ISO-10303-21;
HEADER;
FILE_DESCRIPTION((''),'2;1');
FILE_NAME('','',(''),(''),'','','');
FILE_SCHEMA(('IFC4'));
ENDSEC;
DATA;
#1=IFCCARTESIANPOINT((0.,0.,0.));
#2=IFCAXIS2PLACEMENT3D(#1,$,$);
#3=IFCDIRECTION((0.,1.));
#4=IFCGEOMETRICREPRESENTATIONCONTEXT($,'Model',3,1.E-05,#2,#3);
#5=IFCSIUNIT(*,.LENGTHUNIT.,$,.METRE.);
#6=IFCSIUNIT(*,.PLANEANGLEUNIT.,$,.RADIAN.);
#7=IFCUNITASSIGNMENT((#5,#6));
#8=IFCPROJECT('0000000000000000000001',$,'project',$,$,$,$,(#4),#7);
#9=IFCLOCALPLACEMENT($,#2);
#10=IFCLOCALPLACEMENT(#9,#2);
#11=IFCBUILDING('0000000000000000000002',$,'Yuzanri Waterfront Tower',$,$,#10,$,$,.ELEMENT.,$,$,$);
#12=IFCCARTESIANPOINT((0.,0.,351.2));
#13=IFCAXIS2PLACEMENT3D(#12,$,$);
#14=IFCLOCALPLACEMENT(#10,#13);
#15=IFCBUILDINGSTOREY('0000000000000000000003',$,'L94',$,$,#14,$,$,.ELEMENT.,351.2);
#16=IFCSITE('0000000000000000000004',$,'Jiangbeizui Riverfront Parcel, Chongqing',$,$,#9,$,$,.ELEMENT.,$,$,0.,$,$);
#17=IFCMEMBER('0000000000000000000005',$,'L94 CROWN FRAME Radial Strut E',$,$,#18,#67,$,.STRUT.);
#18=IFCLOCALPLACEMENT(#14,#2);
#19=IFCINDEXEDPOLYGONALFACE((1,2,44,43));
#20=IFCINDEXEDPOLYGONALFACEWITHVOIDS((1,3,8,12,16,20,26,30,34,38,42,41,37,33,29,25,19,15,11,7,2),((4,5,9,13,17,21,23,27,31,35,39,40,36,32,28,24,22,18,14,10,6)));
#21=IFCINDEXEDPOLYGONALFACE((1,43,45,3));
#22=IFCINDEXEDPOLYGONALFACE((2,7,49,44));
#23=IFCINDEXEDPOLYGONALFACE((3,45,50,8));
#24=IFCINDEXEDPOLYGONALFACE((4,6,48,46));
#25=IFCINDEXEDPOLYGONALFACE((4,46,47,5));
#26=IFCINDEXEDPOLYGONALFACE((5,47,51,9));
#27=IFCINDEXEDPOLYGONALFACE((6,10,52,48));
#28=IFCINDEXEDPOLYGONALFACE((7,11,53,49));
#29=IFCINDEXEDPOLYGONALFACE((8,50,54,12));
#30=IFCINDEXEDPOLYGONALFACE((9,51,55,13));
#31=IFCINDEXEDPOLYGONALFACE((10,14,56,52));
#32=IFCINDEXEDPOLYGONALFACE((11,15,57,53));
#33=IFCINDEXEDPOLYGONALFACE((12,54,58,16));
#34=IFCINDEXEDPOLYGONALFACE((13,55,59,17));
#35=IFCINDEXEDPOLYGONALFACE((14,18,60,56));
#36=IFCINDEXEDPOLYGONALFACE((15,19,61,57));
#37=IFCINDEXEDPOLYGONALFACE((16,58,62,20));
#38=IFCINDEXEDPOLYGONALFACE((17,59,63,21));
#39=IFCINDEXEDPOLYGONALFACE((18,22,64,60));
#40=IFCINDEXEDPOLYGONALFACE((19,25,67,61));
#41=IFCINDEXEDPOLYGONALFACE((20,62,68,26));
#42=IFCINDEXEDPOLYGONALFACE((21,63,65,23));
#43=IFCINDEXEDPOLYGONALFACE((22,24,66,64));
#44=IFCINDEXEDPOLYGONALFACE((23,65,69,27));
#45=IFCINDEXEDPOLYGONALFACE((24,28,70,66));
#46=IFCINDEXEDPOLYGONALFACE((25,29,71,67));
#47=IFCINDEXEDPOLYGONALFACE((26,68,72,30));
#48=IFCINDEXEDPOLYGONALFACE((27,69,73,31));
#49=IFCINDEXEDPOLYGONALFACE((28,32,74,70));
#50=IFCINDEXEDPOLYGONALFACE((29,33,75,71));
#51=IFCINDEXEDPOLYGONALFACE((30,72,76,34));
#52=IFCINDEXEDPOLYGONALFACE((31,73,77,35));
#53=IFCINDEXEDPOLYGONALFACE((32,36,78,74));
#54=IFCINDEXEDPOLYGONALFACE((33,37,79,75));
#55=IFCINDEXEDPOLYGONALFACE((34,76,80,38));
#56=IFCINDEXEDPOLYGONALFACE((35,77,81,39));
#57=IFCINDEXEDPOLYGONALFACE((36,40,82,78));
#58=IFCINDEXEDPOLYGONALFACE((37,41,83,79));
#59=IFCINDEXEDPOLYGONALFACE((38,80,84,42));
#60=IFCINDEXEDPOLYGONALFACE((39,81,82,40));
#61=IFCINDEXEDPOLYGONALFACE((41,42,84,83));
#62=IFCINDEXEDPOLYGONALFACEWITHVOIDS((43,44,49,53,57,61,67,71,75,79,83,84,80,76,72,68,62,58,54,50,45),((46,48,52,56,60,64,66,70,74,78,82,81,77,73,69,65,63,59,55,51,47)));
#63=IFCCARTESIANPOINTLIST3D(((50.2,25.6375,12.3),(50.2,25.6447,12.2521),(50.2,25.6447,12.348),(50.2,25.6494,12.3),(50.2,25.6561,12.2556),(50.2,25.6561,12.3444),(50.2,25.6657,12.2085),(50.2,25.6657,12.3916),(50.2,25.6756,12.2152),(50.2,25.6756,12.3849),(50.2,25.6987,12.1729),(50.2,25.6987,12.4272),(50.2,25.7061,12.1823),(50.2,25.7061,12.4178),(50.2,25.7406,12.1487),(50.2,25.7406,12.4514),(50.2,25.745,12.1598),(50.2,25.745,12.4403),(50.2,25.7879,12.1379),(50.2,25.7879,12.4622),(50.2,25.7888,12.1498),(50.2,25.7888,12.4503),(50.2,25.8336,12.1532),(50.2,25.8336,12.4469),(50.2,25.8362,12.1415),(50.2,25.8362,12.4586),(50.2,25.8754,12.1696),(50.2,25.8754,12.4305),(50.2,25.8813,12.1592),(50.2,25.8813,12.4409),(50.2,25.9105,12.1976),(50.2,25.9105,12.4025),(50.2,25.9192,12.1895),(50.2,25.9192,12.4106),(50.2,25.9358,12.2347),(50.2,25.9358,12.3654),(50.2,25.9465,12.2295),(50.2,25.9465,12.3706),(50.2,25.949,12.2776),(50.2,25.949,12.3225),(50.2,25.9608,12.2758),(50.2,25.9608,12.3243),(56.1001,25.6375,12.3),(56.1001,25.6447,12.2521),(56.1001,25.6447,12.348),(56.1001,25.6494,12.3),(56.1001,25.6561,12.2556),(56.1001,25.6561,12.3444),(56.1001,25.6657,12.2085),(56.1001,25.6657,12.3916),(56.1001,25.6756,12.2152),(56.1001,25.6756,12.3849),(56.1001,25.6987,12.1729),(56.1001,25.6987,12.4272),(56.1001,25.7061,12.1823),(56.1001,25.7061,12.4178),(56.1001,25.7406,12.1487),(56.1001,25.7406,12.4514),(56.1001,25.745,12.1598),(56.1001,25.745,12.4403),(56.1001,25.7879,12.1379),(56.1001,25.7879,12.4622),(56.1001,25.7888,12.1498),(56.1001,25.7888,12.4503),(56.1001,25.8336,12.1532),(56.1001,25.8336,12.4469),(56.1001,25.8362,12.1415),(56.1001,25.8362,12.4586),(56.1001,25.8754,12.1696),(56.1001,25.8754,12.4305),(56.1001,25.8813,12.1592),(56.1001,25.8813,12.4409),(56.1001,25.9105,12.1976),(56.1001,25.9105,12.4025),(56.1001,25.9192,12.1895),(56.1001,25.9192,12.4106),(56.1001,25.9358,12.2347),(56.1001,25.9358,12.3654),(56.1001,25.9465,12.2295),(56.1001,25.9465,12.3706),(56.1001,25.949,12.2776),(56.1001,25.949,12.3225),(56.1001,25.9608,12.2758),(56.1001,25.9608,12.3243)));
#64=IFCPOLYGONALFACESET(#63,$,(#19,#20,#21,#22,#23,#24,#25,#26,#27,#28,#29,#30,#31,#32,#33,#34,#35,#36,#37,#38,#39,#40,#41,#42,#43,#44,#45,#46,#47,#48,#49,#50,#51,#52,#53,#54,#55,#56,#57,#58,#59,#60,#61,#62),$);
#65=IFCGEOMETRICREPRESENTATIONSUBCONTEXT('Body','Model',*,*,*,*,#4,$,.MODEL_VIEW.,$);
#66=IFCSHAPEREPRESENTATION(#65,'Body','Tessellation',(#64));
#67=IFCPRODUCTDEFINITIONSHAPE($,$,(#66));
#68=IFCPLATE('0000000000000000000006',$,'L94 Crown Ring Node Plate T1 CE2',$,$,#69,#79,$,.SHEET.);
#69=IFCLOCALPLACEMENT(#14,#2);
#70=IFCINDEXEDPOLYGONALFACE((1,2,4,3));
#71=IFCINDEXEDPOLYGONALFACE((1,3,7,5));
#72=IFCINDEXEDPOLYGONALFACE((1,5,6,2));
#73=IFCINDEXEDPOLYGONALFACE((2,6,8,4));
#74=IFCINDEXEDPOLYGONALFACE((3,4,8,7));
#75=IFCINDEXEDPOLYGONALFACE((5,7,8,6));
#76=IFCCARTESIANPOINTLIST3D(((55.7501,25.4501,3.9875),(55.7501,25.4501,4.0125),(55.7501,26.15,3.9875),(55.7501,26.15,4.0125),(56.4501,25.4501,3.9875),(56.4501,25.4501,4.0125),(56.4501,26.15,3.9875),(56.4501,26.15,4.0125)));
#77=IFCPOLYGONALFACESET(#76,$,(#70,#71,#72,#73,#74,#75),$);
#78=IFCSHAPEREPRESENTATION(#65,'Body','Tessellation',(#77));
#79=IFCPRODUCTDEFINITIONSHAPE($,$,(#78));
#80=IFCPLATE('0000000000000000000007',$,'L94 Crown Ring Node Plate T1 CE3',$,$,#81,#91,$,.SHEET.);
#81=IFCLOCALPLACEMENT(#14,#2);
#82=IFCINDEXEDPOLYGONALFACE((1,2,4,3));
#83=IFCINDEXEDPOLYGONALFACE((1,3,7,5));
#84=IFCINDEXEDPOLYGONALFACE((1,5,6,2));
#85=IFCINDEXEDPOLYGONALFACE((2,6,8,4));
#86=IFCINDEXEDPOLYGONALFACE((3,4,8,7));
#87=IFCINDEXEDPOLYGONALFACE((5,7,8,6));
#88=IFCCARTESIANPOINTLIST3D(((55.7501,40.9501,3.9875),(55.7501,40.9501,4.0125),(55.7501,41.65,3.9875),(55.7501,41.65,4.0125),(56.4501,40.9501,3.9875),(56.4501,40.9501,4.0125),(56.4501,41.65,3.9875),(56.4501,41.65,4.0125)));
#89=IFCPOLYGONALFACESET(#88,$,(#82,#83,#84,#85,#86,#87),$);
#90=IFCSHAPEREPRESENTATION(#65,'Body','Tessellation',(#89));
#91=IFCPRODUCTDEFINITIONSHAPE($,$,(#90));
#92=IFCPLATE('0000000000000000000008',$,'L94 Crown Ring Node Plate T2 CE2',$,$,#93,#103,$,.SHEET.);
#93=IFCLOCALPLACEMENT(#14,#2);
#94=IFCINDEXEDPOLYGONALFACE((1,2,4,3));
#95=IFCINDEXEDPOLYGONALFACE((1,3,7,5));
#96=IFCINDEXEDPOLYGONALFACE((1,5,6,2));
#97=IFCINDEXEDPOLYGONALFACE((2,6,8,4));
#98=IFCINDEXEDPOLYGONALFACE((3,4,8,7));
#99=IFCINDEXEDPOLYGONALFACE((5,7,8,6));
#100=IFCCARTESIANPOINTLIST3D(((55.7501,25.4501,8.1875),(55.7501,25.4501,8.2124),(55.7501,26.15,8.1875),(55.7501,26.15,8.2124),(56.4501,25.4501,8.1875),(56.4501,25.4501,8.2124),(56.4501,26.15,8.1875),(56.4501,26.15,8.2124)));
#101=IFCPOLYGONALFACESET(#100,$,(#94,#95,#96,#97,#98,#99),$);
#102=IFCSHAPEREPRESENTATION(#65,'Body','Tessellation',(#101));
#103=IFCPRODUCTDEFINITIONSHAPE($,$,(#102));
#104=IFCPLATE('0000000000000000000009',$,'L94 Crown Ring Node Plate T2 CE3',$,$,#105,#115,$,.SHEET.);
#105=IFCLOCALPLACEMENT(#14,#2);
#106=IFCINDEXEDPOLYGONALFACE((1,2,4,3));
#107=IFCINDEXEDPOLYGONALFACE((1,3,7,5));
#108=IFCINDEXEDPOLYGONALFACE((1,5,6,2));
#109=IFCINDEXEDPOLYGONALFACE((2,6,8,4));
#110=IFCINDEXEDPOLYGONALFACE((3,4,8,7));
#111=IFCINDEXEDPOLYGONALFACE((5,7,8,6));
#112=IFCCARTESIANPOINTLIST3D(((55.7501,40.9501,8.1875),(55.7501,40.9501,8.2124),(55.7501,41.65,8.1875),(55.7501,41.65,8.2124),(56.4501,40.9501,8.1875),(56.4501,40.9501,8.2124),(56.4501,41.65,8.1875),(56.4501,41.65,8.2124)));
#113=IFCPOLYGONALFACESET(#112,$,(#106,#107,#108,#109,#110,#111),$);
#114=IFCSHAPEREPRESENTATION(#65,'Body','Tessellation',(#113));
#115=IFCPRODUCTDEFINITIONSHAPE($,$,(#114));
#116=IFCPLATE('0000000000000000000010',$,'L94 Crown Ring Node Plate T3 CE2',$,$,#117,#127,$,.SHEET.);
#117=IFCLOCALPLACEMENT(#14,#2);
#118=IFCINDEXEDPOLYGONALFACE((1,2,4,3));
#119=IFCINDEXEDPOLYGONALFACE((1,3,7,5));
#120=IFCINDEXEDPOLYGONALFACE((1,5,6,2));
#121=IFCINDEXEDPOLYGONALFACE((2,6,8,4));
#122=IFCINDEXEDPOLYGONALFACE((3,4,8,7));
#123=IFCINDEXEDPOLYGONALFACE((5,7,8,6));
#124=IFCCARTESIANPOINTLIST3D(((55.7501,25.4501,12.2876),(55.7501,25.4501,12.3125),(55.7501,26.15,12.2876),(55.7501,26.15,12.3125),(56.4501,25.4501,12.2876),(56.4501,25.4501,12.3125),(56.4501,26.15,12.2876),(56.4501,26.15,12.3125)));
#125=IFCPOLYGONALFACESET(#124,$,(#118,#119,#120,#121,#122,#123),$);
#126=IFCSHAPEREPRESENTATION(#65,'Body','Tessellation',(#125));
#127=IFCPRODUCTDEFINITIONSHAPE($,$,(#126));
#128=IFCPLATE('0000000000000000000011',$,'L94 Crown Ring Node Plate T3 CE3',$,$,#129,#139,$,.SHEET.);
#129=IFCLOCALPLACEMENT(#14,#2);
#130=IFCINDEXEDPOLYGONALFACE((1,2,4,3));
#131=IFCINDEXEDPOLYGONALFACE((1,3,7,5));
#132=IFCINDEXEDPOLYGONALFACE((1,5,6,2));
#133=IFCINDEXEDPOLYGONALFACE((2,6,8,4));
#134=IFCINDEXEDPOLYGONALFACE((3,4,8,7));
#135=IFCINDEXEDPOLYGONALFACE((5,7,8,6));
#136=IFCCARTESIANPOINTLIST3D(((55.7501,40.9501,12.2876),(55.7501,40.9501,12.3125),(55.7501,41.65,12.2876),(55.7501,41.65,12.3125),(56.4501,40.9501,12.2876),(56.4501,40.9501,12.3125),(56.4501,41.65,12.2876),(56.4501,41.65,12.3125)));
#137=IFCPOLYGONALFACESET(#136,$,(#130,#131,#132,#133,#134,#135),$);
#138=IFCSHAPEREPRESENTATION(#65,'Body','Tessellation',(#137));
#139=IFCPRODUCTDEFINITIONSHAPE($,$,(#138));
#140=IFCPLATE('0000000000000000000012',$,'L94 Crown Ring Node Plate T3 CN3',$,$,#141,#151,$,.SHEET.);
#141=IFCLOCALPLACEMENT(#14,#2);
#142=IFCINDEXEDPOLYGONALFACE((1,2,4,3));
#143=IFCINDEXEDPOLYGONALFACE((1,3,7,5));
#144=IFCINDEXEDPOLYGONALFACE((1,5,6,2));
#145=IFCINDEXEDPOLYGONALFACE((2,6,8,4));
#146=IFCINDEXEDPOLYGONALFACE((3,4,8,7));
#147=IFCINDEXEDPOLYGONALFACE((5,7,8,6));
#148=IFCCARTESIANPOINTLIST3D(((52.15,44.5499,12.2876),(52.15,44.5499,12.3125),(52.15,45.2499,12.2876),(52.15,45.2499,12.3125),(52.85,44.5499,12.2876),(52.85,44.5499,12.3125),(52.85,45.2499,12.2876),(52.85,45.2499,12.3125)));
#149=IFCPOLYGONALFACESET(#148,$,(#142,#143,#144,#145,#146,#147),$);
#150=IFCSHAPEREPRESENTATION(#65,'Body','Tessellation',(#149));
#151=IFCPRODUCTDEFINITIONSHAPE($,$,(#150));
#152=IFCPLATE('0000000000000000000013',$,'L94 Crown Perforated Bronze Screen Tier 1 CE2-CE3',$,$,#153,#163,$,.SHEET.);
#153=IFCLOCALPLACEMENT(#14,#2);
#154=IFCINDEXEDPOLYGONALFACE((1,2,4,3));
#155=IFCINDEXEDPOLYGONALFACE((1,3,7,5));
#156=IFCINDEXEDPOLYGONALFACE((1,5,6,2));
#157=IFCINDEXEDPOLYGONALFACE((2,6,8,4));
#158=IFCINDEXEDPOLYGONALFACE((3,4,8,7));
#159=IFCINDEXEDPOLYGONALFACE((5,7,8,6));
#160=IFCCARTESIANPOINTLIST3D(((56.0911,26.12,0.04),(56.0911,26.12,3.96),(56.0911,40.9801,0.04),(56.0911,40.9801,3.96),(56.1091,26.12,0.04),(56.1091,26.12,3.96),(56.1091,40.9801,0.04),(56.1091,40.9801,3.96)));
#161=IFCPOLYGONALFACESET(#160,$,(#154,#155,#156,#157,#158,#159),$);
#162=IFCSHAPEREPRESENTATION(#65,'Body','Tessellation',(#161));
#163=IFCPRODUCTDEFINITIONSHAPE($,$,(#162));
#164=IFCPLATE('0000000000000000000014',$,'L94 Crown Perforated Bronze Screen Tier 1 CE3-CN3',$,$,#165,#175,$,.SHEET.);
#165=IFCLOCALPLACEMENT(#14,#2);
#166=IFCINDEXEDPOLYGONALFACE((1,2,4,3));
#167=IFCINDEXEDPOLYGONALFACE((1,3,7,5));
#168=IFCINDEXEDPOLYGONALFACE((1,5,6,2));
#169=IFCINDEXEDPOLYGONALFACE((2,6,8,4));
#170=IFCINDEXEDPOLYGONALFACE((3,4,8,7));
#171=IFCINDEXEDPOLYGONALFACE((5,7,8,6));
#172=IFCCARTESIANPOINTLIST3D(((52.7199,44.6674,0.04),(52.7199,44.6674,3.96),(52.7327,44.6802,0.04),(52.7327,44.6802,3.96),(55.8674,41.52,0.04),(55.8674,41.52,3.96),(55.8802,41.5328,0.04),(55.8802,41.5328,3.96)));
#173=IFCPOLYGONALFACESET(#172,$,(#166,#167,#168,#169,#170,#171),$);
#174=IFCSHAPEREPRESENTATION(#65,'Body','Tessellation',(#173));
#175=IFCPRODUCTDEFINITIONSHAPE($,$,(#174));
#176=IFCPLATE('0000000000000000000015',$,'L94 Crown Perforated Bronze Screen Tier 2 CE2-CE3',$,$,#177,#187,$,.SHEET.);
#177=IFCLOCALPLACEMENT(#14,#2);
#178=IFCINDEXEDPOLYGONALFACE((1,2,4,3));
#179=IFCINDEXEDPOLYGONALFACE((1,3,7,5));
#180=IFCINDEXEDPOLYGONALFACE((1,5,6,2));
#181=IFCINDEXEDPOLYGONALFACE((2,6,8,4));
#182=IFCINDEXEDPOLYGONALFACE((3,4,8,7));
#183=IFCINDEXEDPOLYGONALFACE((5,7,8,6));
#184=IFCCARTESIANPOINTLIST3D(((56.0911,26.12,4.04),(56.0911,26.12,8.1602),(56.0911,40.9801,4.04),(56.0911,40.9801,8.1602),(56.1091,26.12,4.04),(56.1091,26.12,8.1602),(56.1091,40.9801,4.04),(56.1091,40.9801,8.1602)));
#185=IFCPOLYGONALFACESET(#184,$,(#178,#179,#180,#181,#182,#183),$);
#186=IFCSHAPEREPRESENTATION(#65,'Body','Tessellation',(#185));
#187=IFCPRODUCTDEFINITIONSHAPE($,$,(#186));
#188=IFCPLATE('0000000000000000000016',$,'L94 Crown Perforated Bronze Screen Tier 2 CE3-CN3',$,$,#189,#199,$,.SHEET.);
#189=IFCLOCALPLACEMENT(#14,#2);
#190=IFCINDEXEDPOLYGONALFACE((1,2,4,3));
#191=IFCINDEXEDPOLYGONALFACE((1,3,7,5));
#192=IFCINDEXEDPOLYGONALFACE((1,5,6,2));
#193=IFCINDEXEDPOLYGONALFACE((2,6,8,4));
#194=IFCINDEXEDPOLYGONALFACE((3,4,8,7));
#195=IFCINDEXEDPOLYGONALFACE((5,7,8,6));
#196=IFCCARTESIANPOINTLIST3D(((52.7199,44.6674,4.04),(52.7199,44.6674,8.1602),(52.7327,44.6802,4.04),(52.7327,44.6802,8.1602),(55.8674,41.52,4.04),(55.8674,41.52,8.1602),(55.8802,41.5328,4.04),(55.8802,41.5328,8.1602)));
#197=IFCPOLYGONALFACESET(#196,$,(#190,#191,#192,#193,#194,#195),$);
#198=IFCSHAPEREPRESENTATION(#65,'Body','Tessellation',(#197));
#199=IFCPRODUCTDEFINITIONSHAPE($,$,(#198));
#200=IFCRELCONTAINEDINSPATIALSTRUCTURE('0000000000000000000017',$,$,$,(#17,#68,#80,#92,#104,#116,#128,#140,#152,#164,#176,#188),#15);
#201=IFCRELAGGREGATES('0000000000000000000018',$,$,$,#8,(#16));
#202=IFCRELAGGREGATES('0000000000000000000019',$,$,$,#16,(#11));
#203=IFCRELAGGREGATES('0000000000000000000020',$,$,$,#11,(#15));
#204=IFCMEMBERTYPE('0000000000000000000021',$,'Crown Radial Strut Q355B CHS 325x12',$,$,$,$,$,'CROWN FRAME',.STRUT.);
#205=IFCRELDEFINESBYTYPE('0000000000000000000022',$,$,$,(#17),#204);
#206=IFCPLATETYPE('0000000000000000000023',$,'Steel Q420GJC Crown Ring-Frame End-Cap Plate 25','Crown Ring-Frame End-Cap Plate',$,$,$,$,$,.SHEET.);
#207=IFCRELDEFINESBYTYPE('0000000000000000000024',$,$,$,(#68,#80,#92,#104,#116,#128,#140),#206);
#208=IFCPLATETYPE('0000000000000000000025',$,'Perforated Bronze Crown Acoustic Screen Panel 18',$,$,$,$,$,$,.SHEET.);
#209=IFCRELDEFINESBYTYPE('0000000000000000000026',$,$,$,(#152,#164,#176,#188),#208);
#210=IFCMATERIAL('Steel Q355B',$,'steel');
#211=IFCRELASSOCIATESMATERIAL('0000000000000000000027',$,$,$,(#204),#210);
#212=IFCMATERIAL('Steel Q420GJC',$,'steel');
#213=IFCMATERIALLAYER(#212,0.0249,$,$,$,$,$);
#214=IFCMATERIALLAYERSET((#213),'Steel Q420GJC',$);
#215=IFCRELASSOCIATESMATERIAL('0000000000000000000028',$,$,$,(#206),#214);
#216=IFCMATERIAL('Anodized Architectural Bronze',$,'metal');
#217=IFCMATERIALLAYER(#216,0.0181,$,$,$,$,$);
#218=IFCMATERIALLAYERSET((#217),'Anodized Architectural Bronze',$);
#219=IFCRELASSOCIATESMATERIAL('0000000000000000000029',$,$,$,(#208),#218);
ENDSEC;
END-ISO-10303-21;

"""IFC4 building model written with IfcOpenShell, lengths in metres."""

from ifc_helpers import new_model, si_unit, direction, frame, origin, origin_2d, place, context, subcontext, project, spatial, rectangle, hollow_circle, extrude, source, transform, mapped, material, layer, layer_set, material_profile, profile_set, type_object, element, save


model = new_model("IFC4")

# Units and contexts
model_context = context("Model", 3, precision=1e-05, world=origin(), true_north=direction((0.0, 1.0)))
body_context = subcontext(model_context, "Body", "Model", "MODEL_VIEW")
ifc_project = project(units=[si_unit("LENGTHUNIT", "METRE"), si_unit("PLANEANGLEUNIT", "RADIAN")], contexts=[model_context])

# Site, building, storey
site_placement = place(None, origin())
site = spatial("IfcSite", under=ifc_project, at=site_placement, Name="Jiangbeizui Riverfront Parcel, Chongqing", CompositionType="ELEMENT", RefElevation=0.0)
building_placement = place(site_placement, origin())
building = spatial("IfcBuilding", under=site, at=building_placement, Name="Yuzanri Waterfront Tower", CompositionType="ELEMENT")
storey_placement = place(building_placement, frame((0.0, 0.0, 351.2)))
storey = spatial("IfcBuildingStorey", under=building, at=storey_placement, Name="L94", CompositionType="ELEMENT", Elevation=351.2)

# Member
ifc_material_1 = material(Name="Steel Q355B", Category="steel")
ifc_material_profile_1 = material_profile(ifc_material_1, hollow_circle(Radius=0.1626, WallThickness=0.012, at=origin_2d()), Name="CHS 325x12")
ifc_profile_set_1 = profile_set([ifc_material_profile_1], Name="Steel Q355B")
member_type_1 = type_object("IfcMemberType", Name="Crown Radial Strut Q355B CHS 325x12", ElementType="CROWN FRAME", PredefinedType="STRUT", material=ifc_profile_set_1)
shared_shape_1 = source(origin(), body_context, "Body", "SweptSolid", [
    extrude(hollow_circle(Radius=0.1626, WallThickness=0.012, at=origin_2d()), origin(), (0.0, 0.0, 1.0), 5.9001),
])
member_1_placement = place(storey_placement, frame((56.1001, 25.8, 12.3), z_axis=(-1.0, 0.0, 0.0), x_axis=(0.0, -1.0, 0.0)))
element("IfcMember", 1, at=member_1_placement, inside=storey, type_object=member_type_1, Name="L94 CROWN FRAME Radial Strut E", PredefinedType="STRUT", context=body_context, shape_type="MappedRepresentation", body=[
    mapped(shared_shape_1, transform((0.0, 0.0, 0.0), scale=1.0)),
])

# Plates
ifc_material_2 = material(Name="Steel Q420GJC", Category="steel")
ifc_layer_1 = layer(ifc_material_2, 0.0249)
ifc_layer_set_1 = layer_set([ifc_layer_1], Name="Steel Q420GJC")
plate_type_1 = type_object("IfcPlateType", Name="Steel Q420GJC Crown Ring-Frame End-Cap Plate 25", Description="Crown Ring-Frame End-Cap Plate", PredefinedType="SHEET", material=ifc_layer_set_1)
shared_shape_2 = source(origin(), body_context, "Body", "SweptSolid", [
    extrude(rectangle(XDim=0.7, YDim=0.7, at=origin_2d()), origin(), (0.0, 0.0, 1.0), 0.0249),
])
for number, where, z_axis, x_axis, name in (
    (2, (56.1001, 25.8, 3.9875), (0.0, 0.0, 1.0), (1.0, 0.0, 0.0), "L94 Crown Ring Node Plate T1 CE2"),
    (3, (56.1001, 41.3, 3.9875), (0.0, 0.0, 1.0), (1.0, 0.0, 0.0), "L94 Crown Ring Node Plate T1 CE3"),
    (4, (56.1001, 25.8, 8.1875), (0.0, 0.0, 1.0), (1.0, 0.0, 0.0), "L94 Crown Ring Node Plate T2 CE2"),
    (5, (56.1001, 41.3, 8.1875), (0.0, 0.0, 1.0), (1.0, 0.0, 0.0), "L94 Crown Ring Node Plate T2 CE3"),
    (6, (56.1001, 25.8, 12.2876), (0.0, 0.0, 1.0), (1.0, 0.0, 0.0), "L94 Crown Ring Node Plate T3 CE2"),
    (7, (56.1001, 41.3, 12.2876), (0.0, 0.0, 1.0), (1.0, 0.0, 0.0), "L94 Crown Ring Node Plate T3 CE3"),
    (8, (52.5, 44.8999, 12.2876), (0.0, 0.0, 1.0), (1.0, 0.0, 0.0), "L94 Crown Ring Node Plate T3 CN3"),
):
    element("IfcPlate", number, at=place(storey_placement, frame(where, z_axis=z_axis, x_axis=x_axis)), inside=storey, type_object=plate_type_1, Name=name, PredefinedType="SHEET", context=body_context, shape_type="MappedRepresentation", body=[
        mapped(shared_shape_2, transform((0.0, 0.0, 0.0), scale=1.0)),
    ])
ifc_material_3 = material(Name="Anodized Architectural Bronze", Category="metal")
ifc_layer_2 = layer(ifc_material_3, 0.0181)
ifc_layer_set_2 = layer_set([ifc_layer_2], Name="Anodized Architectural Bronze")
plate_type_2 = type_object("IfcPlateType", Name="Perforated Bronze Crown Acoustic Screen Panel 18", PredefinedType="SHEET", material=ifc_layer_set_2)
shared_shape_3 = source(origin(), body_context, "Body", "SweptSolid", [
    extrude(rectangle(XDim=14.8601, YDim=0.0181, at=origin_2d()), origin(), (0.0, 0.0, 1.0), 3.9199),
])
plate_1_placement = place(storey_placement, frame((56.1001, 33.55, 0.04), z_axis=(0.0, 0.0, 1.0), x_axis=(0.0, 1.0, 0.0)))
element("IfcPlate", 9, at=plate_1_placement, inside=storey, type_object=plate_type_2, Name="L94 Crown Perforated Bronze Screen Tier 1 CE2-CE3", PredefinedType="SHEET", context=body_context, shape_type="MappedRepresentation", body=[
    mapped(shared_shape_3, transform((0.0, 0.0, 0.0), scale=1.0)),
])
shared_shape_4 = source(origin(), body_context, "Body", "SweptSolid", [
    extrude(rectangle(XDim=4.4512, YDim=0.0181, at=origin_2d()), origin(), (0.0, 0.0, 1.0), 3.9199),
])
plate_2_placement = place(storey_placement, frame((54.3, 43.1001, 0.04), z_axis=(0.0, 0.0, 1.0), x_axis=(-0.707107, 0.707107, 0.0)))
element("IfcPlate", 10, at=plate_2_placement, inside=storey, type_object=plate_type_2, Name="L94 Crown Perforated Bronze Screen Tier 1 CE3-CN3", PredefinedType="SHEET", context=body_context, shape_type="MappedRepresentation", body=[
    mapped(shared_shape_4, transform((0.0, 0.0, 0.0), scale=1.0)),
])
shared_shape_5 = source(origin(), body_context, "Body", "SweptSolid", [
    extrude(rectangle(XDim=14.8601, YDim=0.0181, at=origin_2d()), origin(), (0.0, 0.0, 1.0), 4.1201),
])
plate_3_placement = place(storey_placement, frame((56.1001, 33.55, 4.04), z_axis=(0.0, 0.0, 1.0), x_axis=(0.0, 1.0, 0.0)))
element("IfcPlate", 11, at=plate_3_placement, inside=storey, type_object=plate_type_2, Name="L94 Crown Perforated Bronze Screen Tier 2 CE2-CE3", PredefinedType="SHEET", context=body_context, shape_type="MappedRepresentation", body=[
    mapped(shared_shape_5, transform((0.0, 0.0, 0.0), scale=1.0)),
])
shared_shape_6 = source(origin(), body_context, "Body", "SweptSolid", [
    extrude(rectangle(XDim=4.4512, YDim=0.0181, at=origin_2d()), origin(), (0.0, 0.0, 1.0), 4.1201),
])
plate_4_placement = place(storey_placement, frame((54.3, 43.1001, 4.04), z_axis=(0.0, 0.0, 1.0), x_axis=(-0.707107, 0.707107, 0.0)))
element("IfcPlate", 12, at=plate_4_placement, inside=storey, type_object=plate_type_2, Name="L94 Crown Perforated Bronze Screen Tier 2 CE3-CN3", PredefinedType="SHEET", context=body_context, shape_type="MappedRepresentation", body=[
    mapped(shared_shape_6, transform((0.0, 0.0, 0.0), scale=1.0)),
])

save(model, "model.ifc")
